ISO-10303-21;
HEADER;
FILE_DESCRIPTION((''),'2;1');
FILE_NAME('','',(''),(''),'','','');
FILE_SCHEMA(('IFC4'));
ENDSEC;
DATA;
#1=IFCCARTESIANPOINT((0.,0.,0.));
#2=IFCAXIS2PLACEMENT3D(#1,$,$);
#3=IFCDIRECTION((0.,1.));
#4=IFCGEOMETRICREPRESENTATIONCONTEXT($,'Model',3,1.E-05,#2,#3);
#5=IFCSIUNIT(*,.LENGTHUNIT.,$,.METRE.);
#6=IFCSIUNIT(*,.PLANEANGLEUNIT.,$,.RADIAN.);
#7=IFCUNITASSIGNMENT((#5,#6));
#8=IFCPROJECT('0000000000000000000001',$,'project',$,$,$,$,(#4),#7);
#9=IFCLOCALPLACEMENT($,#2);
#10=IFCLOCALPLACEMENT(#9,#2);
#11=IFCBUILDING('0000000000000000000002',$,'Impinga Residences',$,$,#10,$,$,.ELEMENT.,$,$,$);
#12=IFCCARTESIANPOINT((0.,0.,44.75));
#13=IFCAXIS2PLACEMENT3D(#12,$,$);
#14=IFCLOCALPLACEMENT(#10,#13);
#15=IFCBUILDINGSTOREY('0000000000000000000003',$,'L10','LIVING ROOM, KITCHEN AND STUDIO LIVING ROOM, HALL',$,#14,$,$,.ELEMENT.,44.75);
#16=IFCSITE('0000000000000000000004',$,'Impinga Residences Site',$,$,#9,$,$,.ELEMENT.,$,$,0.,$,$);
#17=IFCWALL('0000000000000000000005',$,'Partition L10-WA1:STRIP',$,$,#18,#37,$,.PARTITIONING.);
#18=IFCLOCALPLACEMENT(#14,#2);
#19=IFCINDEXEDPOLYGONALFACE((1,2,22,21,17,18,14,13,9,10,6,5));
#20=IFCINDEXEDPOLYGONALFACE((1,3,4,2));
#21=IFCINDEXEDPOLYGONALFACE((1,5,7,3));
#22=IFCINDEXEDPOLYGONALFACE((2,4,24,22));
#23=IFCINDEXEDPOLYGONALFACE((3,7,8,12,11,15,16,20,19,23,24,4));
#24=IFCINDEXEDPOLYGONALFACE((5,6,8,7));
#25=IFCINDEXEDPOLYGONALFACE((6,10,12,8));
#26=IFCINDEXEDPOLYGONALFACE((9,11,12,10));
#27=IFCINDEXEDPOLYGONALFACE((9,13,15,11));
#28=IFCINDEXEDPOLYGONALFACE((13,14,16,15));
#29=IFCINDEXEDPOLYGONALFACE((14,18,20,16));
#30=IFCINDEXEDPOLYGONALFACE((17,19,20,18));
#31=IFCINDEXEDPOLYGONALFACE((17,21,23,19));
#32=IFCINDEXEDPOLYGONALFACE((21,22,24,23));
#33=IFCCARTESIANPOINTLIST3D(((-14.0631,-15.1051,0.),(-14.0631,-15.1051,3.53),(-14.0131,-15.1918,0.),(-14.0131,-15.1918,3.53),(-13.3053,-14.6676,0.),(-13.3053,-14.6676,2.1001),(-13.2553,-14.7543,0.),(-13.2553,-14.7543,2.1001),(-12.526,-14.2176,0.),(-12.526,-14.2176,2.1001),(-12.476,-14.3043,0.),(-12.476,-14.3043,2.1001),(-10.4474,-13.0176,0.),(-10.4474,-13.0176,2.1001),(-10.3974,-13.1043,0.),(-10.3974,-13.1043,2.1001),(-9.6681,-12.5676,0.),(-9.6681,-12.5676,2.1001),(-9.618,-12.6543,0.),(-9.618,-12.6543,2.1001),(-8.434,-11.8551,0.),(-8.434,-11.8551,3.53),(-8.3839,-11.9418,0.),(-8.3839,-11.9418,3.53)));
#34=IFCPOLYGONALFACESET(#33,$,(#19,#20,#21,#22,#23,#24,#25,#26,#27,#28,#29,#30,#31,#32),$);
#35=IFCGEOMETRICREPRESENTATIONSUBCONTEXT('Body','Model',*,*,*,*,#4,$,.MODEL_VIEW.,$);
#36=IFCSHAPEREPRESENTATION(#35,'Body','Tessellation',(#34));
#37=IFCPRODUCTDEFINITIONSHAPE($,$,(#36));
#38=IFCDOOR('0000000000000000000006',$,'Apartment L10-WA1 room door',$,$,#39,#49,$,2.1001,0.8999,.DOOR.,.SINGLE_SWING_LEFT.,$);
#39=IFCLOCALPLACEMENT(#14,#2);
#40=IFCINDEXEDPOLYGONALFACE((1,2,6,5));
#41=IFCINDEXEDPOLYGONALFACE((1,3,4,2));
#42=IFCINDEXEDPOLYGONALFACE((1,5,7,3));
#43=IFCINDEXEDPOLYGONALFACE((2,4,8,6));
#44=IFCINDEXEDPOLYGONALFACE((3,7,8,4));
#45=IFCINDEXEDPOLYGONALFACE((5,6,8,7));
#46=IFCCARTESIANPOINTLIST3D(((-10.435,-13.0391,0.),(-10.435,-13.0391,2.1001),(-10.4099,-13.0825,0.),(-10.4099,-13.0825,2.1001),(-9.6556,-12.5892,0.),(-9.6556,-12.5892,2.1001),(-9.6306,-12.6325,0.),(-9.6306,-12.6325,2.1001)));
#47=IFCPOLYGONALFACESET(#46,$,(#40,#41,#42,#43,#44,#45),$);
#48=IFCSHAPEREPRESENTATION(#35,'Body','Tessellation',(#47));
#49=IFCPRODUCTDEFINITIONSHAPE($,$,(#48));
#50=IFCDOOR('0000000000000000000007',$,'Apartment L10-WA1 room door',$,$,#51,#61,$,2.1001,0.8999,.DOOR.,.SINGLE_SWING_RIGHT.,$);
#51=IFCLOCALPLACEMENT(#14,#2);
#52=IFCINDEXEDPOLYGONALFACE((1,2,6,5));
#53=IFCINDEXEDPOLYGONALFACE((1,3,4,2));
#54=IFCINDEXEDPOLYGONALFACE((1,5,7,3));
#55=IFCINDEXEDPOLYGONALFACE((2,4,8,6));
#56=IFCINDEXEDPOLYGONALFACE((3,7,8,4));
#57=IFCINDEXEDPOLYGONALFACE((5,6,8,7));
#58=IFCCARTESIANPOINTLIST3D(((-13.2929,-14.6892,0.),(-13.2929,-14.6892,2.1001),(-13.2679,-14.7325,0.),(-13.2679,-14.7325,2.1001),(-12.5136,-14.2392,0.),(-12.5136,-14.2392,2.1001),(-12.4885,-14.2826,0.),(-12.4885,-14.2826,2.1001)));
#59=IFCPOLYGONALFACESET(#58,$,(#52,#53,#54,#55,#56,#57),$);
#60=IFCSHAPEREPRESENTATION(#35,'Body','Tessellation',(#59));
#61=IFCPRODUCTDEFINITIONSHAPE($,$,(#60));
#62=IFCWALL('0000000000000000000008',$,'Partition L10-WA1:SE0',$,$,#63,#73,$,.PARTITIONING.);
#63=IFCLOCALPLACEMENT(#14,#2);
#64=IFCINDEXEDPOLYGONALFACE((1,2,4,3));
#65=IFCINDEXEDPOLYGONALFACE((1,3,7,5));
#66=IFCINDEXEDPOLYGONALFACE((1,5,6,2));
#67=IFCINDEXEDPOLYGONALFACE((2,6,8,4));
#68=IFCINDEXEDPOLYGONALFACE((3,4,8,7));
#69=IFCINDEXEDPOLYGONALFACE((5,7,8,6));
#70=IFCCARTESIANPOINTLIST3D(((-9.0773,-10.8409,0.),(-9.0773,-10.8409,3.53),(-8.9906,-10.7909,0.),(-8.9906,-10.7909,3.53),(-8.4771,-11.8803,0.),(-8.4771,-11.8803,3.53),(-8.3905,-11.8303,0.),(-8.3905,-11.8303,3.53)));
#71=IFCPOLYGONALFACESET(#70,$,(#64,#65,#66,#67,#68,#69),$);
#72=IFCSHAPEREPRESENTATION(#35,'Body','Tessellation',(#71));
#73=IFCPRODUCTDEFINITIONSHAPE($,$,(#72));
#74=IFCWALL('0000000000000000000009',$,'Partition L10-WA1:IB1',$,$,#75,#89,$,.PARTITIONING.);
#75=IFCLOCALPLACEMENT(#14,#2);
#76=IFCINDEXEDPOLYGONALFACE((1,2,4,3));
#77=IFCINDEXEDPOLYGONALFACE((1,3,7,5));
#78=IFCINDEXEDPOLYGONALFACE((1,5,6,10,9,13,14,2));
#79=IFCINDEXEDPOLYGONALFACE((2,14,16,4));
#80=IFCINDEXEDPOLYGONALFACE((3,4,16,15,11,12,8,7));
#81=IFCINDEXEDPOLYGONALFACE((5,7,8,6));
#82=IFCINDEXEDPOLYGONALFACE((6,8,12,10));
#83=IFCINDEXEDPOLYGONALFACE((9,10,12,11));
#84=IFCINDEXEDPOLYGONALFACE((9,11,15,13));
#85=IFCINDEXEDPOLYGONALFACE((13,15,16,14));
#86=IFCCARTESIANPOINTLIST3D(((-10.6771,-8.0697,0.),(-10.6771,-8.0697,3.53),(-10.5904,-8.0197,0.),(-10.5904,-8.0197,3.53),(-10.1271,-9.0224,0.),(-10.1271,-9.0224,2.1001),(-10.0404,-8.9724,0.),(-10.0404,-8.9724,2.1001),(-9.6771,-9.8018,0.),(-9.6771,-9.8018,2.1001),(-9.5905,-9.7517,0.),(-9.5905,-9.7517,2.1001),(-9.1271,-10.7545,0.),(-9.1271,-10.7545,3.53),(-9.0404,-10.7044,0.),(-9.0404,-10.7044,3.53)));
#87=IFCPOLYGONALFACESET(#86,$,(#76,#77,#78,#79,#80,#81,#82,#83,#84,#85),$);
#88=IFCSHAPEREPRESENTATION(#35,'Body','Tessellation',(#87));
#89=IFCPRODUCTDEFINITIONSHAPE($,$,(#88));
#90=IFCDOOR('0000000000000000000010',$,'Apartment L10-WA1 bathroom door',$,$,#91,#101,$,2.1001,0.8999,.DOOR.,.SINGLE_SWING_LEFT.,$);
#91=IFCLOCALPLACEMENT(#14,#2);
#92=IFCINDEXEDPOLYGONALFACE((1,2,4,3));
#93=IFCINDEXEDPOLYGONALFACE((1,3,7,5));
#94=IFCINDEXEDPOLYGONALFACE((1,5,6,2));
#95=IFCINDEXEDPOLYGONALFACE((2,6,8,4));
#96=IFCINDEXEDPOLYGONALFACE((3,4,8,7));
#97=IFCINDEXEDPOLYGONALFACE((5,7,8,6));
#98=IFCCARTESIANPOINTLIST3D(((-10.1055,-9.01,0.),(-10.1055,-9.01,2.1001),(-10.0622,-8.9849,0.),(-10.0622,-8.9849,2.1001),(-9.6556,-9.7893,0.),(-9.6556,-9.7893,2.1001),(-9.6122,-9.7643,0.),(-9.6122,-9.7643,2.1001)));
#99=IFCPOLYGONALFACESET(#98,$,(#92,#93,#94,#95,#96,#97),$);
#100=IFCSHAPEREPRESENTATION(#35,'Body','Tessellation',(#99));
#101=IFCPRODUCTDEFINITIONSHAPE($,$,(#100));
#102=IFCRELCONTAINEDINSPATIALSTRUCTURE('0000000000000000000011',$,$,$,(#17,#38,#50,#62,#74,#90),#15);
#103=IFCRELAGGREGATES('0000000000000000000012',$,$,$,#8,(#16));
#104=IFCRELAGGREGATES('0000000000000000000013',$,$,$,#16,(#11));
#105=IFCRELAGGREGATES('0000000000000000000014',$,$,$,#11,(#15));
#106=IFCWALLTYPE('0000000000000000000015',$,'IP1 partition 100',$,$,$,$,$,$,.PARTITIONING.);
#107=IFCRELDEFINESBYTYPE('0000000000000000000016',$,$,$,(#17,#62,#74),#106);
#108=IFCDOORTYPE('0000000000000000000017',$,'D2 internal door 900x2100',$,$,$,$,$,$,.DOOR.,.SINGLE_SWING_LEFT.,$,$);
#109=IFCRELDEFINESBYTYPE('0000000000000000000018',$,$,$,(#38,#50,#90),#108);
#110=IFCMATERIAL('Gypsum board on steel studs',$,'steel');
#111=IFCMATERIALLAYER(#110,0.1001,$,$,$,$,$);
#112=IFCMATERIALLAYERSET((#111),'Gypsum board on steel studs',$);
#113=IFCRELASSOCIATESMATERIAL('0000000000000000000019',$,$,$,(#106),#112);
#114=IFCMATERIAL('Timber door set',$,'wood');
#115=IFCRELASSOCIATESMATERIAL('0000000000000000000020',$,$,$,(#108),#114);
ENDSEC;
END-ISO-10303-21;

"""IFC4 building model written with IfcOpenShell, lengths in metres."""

from ifc_helpers import new_model, si_unit, direction, frame, frame_2d, origin, place, context, subcontext, project, spatial, rectangle, extrude, material, layer, layer_set, type_object, element, fill, save


model = new_model("IFC4")

# Units and contexts
model_context = context("Model", 3, precision=1e-05, world=origin(), true_north=direction((0.0, 1.0)))
body_context = subcontext(model_context, "Body", "Model", "MODEL_VIEW")
ifc_project = project(units=[si_unit("LENGTHUNIT", "METRE"), si_unit("PLANEANGLEUNIT", "RADIAN")], contexts=[model_context])

# Site, building, storey
site_placement = place(None, origin())
site = spatial("IfcSite", under=ifc_project, at=site_placement, Name="Impinga Residences Site", CompositionType="ELEMENT", RefElevation=0.0)
building_placement = place(site_placement, origin())
building = spatial("IfcBuilding", under=site, at=building_placement, Name="Impinga Residences", CompositionType="ELEMENT")
storey_placement = place(building_placement, frame((0.0, 0.0, 44.75)))
storey = spatial("IfcBuildingStorey", under=building, at=storey_placement, Name="L10", Description="LIVING ROOM, KITCHEN AND STUDIO LIVING ROOM, HALL", CompositionType="ELEMENT", Elevation=44.75)

# Shared definitions
ifc_material_1 = material(Name="Timber door set", Category="wood")

# Shared definitions
ifc_material_2 = material(Name="Gypsum board on steel studs", Category="steel")
ifc_layer_1 = layer(ifc_material_2, 0.1001)
ifc_layer_set_1 = layer_set([ifc_layer_1], Name="Gypsum board on steel studs")
wall_type_1 = type_object("IfcWallType", Name="IP1 partition 100", PredefinedType="PARTITIONING", material=ifc_layer_set_1)

# Wall, openings, doors
wall_1_placement = place(storey_placement, frame((-8.4089, -11.8984, 0.0), z_axis=(0.0, 0.0, 1.0), x_axis=(-0.866025, -0.500001, 0.0)))
wall_1 = element("IfcWall", 1, at=wall_1_placement, inside=storey, type_object=wall_type_1, Name="Partition L10-WA1:STRIP", PredefinedType="PARTITIONING", context=body_context, shape_type="SweptSolid", body=[
    extrude(rectangle(XDim=6.5, YDim=0.1001, at=frame_2d((3.25, 0.0))), origin(), (0.0, 0.0, 1.0), 3.53),
])
opening_1_placement = place(wall_1_placement, frame((1.425, 0.0, 0.0)))
opening_1 = element("IfcOpeningElement", 2, at=opening_1_placement, cuts=wall_1, PredefinedType="OPENING", context=body_context, shape_type="SweptSolid", body=[
    extrude(rectangle(XDim=0.8999, YDim=2.1001, at=frame_2d((0.45, 1.05))), frame((0.0, 0.0601, 0.0), z_axis=(0.0, -1.0, 0.0), x_axis=(1.0, 0.0, 0.0)), (0.0, 0.0, 1.0), 0.1201),
])
opening_2_placement = place(wall_1_placement, frame((4.7251, 0.0, 0.0)))
opening_2 = element("IfcOpeningElement", 3, at=opening_2_placement, cuts=wall_1, PredefinedType="OPENING", context=body_context, shape_type="SweptSolid", body=[
    extrude(rectangle(XDim=0.8999, YDim=2.1001, at=frame_2d((0.45, 1.05))), frame((0.0, 0.0601, 0.0), z_axis=(0.0, -1.0, 0.0), x_axis=(1.0, 0.0, 0.0)), (0.0, 0.0, 1.0), 0.1201),
])
door_type_1 = type_object("IfcDoorType", Name="D2 internal door 900x2100", OperationType="SINGLE_SWING_LEFT", PredefinedType="DOOR", material=ifc_material_1)
door_1_placement = place(opening_1_placement, origin())
door_1 = element("IfcDoor", 4, at=door_1_placement, inside=storey, type_object=door_type_1, Name="Apartment L10-WA1 room door", OperationType="SINGLE_SWING_LEFT", OverallHeight=2.1001, OverallWidth=0.8999, PredefinedType="DOOR", context=body_context, shape_type="SweptSolid", body=[
    extrude(rectangle(XDim=0.8999, YDim=2.1001, at=frame_2d((0.45, 1.05))), frame((0.0, 0.0249, 0.0), z_axis=(0.0, -1.0, 0.0), x_axis=(1.0, 0.0, 0.0)), (0.0, 0.0, 1.0), 0.05),
])
fill(opening_1, door_1)
door_2_placement = place(opening_2_placement, origin())
door_2 = element("IfcDoor", 5, at=door_2_placement, inside=storey, type_object=door_type_1, Name="Apartment L10-WA1 room door", OperationType="SINGLE_SWING_RIGHT", OverallHeight=2.1001, OverallWidth=0.8999, PredefinedType="DOOR", context=body_context, shape_type="SweptSolid", body=[
    extrude(rectangle(XDim=0.8999, YDim=2.1001, at=frame_2d((0.45, 1.05))), frame((0.0, 0.0249, 0.0), z_axis=(0.0, -1.0, 0.0), x_axis=(1.0, 0.0, 0.0)), (0.0, 0.0, 1.0), 0.05),
])
fill(opening_2, door_2)

# Wall
wall_2_placement = place(storey_placement, frame((-9.0339, -10.8159, 0.0), z_axis=(0.0, 0.0, 1.0), x_axis=(0.500034, -0.866006, 0.0)))
element("IfcWall", 6, at=wall_2_placement, inside=storey, type_object=wall_type_1, Name="Partition L10-WA1:SE0", PredefinedType="PARTITIONING", context=body_context, shape_type="SweptSolid", body=[
    extrude(rectangle(XDim=1.2002, YDim=0.1001, at=frame_2d((0.6001, 0.0))), origin(), (0.0, 0.0, 1.0), 3.53),
])

# Wall, opening, door
wall_3_placement = place(storey_placement, frame((-10.6338, -8.0447, 0.0), z_axis=(0.0, 0.0, 1.0), x_axis=(0.499993, -0.86603, 0.0)))
wall_3 = element("IfcWall", 7, at=wall_3_placement, inside=storey, type_object=wall_type_1, Name="Partition L10-WA1:IB1", PredefinedType="PARTITIONING", context=body_context, shape_type="SweptSolid", body=[
    extrude(rectangle(XDim=3.1001, YDim=0.1001, at=frame_2d((1.55, 0.0))), origin(), (0.0, 0.0, 1.0), 3.53),
])
opening_3_placement = place(wall_3_placement, frame((1.1001, 0.0, 0.0)))
opening_3 = element("IfcOpeningElement", 8, at=opening_3_placement, cuts=wall_3, PredefinedType="OPENING", context=body_context, shape_type="SweptSolid", body=[
    extrude(rectangle(XDim=0.8999, YDim=2.1001, at=frame_2d((0.45, 1.05))), frame((0.0, 0.0601, 0.0), z_axis=(0.0, -1.0, 0.0), x_axis=(1.0, 0.0, 0.0)), (0.0, 0.0, 1.0), 0.1201),
])
door_3_placement = place(opening_3_placement, origin())
door_3 = element("IfcDoor", 9, at=door_3_placement, inside=storey, type_object=door_type_1, Name="Apartment L10-WA1 bathroom door", OperationType="SINGLE_SWING_LEFT", OverallHeight=2.1001, OverallWidth=0.8999, PredefinedType="DOOR", context=body_context, shape_type="SweptSolid", body=[
    extrude(rectangle(XDim=0.8999, YDim=2.1001, at=frame_2d((0.45, 1.05))), frame((0.0, 0.0249, 0.0), z_axis=(0.0, -1.0, 0.0), x_axis=(1.0, 0.0, 0.0)), (0.0, 0.0, 1.0), 0.05),
])
fill(opening_3, door_3)

save(model, "model.ifc")
